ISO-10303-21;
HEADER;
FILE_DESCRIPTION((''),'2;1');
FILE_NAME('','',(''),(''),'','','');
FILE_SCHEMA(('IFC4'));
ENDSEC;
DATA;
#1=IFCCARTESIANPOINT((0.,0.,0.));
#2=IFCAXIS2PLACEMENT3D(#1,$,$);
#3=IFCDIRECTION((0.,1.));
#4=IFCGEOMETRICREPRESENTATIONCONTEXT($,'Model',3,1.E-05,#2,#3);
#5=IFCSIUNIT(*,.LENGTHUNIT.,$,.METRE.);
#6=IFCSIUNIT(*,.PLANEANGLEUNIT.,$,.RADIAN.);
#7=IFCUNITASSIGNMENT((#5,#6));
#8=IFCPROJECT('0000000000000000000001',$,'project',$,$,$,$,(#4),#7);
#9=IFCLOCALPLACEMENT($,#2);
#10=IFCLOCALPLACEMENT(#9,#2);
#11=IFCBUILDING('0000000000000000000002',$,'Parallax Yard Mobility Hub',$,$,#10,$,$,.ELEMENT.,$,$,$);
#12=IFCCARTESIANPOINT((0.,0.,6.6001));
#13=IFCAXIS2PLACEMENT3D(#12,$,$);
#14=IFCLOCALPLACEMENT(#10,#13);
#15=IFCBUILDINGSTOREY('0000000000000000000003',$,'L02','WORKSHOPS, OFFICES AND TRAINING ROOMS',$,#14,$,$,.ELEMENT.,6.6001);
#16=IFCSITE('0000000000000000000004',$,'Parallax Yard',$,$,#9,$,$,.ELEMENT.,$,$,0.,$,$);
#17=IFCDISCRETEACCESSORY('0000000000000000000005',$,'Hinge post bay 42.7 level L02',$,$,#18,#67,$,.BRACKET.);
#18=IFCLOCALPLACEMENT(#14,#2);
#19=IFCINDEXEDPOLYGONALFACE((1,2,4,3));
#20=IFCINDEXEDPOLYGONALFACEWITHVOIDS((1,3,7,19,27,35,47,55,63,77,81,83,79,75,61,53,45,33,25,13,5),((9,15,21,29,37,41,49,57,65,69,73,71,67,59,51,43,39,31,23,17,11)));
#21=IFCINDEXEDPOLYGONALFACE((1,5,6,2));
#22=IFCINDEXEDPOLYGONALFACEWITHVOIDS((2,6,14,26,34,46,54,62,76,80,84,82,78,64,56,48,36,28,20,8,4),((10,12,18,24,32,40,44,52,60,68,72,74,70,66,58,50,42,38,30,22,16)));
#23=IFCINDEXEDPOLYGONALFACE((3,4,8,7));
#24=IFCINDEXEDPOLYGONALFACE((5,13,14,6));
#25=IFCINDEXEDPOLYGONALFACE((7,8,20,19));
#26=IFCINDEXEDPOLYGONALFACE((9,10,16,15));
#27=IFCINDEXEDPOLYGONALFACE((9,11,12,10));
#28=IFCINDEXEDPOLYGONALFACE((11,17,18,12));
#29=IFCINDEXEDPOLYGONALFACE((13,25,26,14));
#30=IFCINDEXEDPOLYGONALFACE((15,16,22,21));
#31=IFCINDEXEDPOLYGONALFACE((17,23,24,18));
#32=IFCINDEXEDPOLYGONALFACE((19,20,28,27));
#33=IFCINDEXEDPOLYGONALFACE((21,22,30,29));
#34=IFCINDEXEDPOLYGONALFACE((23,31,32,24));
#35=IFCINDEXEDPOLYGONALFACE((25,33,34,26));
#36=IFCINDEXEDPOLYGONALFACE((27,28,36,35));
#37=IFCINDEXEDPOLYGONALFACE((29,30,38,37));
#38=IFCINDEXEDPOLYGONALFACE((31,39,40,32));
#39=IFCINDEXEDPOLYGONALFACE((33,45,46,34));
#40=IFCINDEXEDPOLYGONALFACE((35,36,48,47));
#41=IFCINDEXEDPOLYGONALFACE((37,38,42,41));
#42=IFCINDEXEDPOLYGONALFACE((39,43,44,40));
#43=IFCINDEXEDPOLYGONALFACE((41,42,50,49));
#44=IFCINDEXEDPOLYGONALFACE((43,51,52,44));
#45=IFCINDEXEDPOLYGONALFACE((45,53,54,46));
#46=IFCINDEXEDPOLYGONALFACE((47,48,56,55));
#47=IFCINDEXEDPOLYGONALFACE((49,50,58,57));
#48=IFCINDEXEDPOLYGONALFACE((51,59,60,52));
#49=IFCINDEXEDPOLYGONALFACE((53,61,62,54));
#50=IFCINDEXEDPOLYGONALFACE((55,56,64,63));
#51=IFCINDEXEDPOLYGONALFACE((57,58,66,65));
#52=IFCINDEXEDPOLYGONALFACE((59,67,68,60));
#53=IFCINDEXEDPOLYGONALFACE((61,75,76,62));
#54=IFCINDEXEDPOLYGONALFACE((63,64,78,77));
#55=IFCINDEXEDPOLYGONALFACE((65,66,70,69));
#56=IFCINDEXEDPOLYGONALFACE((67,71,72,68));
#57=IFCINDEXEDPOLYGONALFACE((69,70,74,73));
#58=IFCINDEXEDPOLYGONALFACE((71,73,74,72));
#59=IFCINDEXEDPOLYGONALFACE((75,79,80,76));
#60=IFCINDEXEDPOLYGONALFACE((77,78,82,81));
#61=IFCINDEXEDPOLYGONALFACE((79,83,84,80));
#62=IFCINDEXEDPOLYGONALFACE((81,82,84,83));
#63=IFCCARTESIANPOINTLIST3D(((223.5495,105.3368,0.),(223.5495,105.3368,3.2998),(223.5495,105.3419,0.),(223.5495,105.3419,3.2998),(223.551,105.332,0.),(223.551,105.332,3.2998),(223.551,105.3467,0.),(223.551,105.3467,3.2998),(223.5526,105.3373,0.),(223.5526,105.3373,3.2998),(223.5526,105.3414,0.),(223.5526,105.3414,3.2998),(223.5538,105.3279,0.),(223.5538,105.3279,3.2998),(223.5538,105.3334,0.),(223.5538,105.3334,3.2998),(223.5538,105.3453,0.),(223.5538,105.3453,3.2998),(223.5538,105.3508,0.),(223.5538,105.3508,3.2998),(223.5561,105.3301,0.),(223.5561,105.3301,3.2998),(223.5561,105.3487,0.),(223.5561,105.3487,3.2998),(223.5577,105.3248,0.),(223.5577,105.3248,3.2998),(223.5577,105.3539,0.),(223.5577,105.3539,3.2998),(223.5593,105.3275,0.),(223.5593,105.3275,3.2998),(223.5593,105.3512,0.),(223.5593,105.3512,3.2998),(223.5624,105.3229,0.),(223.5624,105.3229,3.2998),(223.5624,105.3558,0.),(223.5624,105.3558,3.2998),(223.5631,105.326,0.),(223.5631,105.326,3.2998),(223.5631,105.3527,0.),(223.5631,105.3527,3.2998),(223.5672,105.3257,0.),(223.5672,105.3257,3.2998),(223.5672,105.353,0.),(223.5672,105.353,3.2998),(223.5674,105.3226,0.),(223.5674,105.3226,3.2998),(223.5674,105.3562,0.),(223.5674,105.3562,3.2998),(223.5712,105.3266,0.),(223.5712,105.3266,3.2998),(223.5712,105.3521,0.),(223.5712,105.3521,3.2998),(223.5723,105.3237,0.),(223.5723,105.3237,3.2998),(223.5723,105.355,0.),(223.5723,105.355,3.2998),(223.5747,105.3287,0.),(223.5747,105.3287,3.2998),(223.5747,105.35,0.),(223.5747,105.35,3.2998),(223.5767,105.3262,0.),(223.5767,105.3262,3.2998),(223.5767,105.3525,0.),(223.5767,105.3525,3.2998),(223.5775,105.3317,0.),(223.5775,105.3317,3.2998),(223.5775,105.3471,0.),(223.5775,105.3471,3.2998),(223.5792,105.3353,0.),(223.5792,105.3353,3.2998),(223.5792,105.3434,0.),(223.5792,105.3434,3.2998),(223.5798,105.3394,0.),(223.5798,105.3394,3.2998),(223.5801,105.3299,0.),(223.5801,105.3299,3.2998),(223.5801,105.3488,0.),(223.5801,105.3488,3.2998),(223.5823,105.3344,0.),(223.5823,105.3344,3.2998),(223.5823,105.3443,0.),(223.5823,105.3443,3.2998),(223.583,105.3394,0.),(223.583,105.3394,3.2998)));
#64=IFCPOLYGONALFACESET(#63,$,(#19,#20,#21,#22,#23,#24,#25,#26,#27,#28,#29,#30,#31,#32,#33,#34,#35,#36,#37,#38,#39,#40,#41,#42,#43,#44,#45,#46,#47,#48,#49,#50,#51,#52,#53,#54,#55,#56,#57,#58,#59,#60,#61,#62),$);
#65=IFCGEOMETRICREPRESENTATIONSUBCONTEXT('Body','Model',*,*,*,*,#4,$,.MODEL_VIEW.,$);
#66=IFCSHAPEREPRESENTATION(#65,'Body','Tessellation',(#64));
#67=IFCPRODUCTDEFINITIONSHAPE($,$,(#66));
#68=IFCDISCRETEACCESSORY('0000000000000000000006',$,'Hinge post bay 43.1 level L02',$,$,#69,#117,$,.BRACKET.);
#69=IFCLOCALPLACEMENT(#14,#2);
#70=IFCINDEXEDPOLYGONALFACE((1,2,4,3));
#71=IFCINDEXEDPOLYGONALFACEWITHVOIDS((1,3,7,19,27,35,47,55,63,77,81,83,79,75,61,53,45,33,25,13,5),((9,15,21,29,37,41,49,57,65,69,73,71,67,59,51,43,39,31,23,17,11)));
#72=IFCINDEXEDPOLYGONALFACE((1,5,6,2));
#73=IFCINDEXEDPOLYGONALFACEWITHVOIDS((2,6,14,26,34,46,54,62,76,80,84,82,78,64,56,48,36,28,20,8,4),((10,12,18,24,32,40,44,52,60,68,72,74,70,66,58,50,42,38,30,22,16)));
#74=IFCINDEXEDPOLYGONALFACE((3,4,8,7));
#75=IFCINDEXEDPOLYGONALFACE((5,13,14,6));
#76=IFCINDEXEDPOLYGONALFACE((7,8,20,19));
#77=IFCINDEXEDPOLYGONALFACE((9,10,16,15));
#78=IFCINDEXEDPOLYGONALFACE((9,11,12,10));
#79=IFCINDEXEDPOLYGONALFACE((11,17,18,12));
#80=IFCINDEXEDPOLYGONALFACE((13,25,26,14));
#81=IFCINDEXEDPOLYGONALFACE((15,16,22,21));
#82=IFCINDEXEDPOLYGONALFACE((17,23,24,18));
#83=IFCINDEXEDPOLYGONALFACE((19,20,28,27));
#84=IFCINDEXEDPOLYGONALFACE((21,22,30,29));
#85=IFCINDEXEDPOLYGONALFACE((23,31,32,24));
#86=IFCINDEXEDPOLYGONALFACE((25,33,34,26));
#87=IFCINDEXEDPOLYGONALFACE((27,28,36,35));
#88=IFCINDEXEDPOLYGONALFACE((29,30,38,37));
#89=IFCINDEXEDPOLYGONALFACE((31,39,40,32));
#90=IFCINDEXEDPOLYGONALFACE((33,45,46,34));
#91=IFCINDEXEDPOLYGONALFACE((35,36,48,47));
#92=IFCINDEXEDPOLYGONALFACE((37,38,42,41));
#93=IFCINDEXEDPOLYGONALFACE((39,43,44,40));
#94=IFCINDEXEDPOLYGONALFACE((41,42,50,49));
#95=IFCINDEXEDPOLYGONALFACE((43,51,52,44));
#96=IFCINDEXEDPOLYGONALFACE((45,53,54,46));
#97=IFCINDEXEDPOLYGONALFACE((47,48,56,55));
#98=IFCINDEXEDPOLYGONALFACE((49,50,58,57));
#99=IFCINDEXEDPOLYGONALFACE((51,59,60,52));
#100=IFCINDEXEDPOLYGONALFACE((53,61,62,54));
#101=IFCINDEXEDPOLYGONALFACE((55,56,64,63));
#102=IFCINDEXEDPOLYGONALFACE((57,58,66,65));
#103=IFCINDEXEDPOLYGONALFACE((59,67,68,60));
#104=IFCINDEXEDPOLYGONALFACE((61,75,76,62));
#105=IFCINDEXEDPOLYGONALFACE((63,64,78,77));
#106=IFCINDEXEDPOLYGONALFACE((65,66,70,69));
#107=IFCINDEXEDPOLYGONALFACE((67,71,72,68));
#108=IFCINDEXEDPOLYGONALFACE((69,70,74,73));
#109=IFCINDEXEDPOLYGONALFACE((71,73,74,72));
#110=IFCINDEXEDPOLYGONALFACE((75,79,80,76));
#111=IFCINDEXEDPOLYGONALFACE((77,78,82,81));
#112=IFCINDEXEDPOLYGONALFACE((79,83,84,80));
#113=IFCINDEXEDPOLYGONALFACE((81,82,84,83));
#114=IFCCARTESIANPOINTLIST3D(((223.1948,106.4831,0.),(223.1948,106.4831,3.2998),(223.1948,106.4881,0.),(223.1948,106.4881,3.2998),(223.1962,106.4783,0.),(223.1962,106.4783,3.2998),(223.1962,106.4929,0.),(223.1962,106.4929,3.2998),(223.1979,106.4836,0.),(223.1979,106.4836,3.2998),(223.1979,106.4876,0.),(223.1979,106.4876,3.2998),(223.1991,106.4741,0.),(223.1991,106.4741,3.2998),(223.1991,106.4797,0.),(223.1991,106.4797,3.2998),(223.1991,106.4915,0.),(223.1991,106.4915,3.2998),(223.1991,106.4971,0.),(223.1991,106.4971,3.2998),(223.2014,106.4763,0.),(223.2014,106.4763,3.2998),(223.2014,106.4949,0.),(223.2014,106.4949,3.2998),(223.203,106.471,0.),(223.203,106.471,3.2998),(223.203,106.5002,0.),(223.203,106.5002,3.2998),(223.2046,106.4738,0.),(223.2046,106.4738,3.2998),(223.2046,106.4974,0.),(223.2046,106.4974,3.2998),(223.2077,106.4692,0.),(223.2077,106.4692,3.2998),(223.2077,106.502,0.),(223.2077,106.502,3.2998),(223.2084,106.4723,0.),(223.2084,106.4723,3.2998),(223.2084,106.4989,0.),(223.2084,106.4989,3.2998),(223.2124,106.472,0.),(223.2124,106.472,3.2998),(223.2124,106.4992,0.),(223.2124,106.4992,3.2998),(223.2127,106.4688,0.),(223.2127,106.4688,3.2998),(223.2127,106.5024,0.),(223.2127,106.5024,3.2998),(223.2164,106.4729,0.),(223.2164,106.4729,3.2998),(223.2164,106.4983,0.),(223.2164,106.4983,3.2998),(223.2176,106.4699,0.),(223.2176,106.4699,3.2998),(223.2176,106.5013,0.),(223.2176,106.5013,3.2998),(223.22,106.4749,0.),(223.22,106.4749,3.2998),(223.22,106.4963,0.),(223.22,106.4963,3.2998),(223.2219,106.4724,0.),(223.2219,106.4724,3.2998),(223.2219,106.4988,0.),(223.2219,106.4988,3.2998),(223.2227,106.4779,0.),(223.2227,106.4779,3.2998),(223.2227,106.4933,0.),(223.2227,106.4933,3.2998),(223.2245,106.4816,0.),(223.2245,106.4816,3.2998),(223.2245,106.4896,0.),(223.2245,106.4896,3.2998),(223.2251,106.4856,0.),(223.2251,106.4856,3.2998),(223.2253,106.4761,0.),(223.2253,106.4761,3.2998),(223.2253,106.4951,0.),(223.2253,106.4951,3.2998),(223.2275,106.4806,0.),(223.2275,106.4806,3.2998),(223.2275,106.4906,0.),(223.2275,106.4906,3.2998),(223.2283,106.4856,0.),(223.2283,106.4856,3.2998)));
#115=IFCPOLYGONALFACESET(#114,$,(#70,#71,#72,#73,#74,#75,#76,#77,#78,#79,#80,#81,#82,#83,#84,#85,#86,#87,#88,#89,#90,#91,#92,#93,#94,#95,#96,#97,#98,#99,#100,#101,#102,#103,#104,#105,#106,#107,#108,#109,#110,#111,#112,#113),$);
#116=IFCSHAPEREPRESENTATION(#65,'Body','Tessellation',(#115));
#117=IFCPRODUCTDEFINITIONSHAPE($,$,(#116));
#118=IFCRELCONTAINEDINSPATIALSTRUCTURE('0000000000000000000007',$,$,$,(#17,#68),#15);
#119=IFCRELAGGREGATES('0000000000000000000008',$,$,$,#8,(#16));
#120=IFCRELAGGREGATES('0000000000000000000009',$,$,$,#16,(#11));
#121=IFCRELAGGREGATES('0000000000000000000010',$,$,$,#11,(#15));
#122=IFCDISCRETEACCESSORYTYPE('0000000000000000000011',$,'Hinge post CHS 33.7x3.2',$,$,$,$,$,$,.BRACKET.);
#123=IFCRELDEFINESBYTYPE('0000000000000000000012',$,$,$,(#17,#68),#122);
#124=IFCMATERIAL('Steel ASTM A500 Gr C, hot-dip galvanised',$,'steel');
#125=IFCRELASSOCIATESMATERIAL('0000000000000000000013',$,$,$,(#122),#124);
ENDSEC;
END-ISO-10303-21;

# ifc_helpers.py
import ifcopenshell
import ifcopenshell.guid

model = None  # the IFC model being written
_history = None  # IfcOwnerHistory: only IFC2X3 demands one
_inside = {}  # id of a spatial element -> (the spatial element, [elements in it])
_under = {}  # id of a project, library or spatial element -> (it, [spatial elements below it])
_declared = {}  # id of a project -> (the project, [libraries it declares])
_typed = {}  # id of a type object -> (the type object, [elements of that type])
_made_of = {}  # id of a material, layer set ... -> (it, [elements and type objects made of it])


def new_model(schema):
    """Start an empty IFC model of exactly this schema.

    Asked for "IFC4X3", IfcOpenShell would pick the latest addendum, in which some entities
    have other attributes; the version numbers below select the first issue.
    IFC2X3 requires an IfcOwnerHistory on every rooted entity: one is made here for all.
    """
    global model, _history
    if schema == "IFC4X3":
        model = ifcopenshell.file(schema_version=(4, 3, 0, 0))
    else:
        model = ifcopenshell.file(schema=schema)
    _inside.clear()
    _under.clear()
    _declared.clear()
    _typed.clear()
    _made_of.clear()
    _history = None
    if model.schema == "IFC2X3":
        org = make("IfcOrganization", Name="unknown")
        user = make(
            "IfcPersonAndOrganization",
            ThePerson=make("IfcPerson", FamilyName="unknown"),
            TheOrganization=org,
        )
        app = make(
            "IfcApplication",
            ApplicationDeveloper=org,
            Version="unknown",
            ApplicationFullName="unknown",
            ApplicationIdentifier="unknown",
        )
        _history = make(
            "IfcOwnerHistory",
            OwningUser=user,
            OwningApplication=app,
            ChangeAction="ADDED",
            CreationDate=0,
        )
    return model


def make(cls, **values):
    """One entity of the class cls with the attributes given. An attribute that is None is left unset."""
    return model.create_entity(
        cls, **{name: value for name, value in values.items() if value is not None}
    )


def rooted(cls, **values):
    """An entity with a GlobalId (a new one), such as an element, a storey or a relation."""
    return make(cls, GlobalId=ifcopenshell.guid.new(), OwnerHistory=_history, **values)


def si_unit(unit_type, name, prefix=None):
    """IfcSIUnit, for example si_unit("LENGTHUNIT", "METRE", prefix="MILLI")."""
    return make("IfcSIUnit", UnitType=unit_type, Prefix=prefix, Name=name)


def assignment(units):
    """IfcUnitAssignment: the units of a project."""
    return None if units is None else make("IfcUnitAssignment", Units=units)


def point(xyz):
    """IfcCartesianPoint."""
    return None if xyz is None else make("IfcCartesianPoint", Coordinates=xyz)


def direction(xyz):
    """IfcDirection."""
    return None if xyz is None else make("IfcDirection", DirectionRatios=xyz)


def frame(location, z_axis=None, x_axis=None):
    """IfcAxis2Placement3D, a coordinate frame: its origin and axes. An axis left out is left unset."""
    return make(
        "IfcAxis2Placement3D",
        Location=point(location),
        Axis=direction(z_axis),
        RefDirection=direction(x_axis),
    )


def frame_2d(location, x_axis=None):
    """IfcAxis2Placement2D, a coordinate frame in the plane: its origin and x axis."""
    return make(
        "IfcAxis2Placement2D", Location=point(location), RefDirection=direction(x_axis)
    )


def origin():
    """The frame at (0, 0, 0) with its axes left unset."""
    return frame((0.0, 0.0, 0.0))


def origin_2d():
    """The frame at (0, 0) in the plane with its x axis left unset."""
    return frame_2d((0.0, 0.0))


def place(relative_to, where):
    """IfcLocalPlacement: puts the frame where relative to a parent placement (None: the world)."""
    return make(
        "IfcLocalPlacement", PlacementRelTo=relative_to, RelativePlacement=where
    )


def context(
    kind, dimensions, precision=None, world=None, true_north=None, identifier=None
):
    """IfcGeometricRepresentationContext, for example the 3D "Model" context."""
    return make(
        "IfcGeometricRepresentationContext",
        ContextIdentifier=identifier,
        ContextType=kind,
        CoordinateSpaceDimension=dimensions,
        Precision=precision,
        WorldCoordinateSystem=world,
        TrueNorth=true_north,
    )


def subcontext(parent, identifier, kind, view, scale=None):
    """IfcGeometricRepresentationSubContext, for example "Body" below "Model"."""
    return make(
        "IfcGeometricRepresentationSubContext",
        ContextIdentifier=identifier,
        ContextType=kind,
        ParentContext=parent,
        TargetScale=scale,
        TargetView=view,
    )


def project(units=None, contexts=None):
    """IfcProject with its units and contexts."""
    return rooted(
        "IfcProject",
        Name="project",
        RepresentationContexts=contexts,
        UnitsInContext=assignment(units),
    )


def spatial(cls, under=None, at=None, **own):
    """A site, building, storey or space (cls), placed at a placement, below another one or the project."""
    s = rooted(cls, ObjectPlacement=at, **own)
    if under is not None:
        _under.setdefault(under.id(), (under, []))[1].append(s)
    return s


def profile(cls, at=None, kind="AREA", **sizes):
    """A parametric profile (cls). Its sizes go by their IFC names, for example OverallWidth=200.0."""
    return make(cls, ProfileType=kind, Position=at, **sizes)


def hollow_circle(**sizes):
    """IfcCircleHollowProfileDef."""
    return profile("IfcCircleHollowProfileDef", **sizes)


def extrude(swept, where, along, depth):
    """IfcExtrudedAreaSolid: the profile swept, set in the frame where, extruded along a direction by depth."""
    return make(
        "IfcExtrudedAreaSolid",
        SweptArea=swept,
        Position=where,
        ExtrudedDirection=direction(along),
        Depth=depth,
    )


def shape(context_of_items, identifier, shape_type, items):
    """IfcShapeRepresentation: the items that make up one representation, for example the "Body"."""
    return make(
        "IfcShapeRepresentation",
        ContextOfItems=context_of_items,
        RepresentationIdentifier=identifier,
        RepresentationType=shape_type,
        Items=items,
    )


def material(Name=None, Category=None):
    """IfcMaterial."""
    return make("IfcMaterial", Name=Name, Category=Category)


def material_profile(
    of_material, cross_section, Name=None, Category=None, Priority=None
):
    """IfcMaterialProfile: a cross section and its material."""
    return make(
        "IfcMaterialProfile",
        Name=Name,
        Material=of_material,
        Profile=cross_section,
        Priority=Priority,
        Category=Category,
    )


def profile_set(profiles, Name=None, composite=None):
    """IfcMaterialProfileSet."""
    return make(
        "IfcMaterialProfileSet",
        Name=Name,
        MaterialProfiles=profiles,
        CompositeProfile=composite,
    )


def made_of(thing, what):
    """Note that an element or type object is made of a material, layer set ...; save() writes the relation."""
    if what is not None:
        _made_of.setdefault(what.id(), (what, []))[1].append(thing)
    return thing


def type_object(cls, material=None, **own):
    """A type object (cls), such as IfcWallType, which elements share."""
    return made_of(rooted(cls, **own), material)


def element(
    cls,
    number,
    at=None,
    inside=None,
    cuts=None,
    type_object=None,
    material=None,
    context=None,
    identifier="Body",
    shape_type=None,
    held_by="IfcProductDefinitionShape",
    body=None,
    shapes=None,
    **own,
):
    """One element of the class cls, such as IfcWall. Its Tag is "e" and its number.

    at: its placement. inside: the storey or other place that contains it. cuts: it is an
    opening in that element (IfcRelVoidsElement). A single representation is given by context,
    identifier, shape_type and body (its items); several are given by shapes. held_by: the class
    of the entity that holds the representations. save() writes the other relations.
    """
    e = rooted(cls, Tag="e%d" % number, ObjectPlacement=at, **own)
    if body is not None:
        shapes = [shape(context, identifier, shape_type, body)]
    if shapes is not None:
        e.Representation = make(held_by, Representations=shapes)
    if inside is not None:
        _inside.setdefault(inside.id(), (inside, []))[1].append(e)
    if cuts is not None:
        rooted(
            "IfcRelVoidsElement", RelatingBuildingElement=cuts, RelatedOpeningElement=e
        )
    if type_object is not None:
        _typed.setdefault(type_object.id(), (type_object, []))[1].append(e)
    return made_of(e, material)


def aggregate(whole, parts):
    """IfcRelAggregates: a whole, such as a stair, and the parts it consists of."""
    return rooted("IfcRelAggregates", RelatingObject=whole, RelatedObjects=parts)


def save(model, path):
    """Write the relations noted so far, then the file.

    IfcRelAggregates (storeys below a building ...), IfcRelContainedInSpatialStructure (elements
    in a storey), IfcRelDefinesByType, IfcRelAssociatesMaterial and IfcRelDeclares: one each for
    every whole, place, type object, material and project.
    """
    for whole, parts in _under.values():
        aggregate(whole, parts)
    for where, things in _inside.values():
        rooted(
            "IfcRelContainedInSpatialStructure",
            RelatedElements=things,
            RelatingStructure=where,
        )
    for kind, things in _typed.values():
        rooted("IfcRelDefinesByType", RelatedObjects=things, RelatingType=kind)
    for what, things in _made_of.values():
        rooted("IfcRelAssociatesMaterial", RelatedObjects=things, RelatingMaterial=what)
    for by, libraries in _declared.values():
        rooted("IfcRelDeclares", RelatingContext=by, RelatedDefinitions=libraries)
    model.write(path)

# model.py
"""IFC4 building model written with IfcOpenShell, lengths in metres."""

from ifc_helpers import new_model, si_unit, direction, frame, origin, origin_2d, place, context, subcontext, project, spatial, hollow_circle, extrude, material, material_profile, profile_set, type_object, element, save


model = new_model("IFC4")

# Units and contexts
model_context = context("Model", 3, precision=1e-05, world=origin(), true_north=direction((0.0, 1.0)))
body_context = subcontext(model_context, "Body", "Model", "MODEL_VIEW")
ifc_project = project(units=[si_unit("LENGTHUNIT", "METRE"), si_unit("PLANEANGLEUNIT", "RADIAN")], contexts=[model_context])

# Site, building, storey
site_placement = place(None, origin())
site = spatial("IfcSite", under=ifc_project, at=site_placement, Name="Parallax Yard", CompositionType="ELEMENT", RefElevation=0.0)
building_placement = place(site_placement, origin())
building = spatial("IfcBuilding", under=site, at=building_placement, Name="Parallax Yard Mobility Hub", CompositionType="ELEMENT")
storey_placement = place(building_placement, frame((0.0, 0.0, 6.6001)))
storey = spatial("IfcBuildingStorey", under=building, at=storey_placement, Name="L02", Description="WORKSHOPS, OFFICES AND TRAINING ROOMS", CompositionType="ELEMENT", Elevation=6.6001)

# Discrete accessories
ifc_material_1 = material(Name="Steel ASTM A500 Gr C, hot-dip galvanised", Category="steel")
ifc_material_profile_1 = material_profile(ifc_material_1, hollow_circle(Radius=0.0168, WallThickness=0.0032, at=origin_2d()), Name="CHS 33.7x3.2")
ifc_profile_set_1 = profile_set([ifc_material_profile_1], Name="Steel ASTM A500 Gr C, hot-dip galvanised")
discrete_accessory_type_1 = type_object("IfcDiscreteAccessoryType", Name="Hinge post CHS 33.7x3.2", PredefinedType="BRACKET", material=ifc_profile_set_1)
for number, where, z_axis, x_axis, name in (
    (1, (223.5662, 105.3394, 0.0), (0.0, 0.0, 1.0), (1.0, 0.0, 0.0), "Hinge post bay 42.7 level L02"),
    (2, (223.2114, 106.4856, 0.0), (0.0, 0.0, 1.0), (1.0, 0.0, 0.0), "Hinge post bay 43.1 level L02"),
):
    element("IfcDiscreteAccessory", number, at=place(storey_placement, frame(where, z_axis=z_axis, x_axis=x_axis)), inside=storey, type_object=discrete_accessory_type_1, Name=name, PredefinedType="BRACKET", context=body_context, shape_type="SweptSolid", body=[
        extrude(hollow_circle(Radius=0.0168, WallThickness=0.0032, at=origin_2d()), origin(), (0.0, 0.0, 1.0), 3.2998),
    ])

save(model, "model.ifc")
